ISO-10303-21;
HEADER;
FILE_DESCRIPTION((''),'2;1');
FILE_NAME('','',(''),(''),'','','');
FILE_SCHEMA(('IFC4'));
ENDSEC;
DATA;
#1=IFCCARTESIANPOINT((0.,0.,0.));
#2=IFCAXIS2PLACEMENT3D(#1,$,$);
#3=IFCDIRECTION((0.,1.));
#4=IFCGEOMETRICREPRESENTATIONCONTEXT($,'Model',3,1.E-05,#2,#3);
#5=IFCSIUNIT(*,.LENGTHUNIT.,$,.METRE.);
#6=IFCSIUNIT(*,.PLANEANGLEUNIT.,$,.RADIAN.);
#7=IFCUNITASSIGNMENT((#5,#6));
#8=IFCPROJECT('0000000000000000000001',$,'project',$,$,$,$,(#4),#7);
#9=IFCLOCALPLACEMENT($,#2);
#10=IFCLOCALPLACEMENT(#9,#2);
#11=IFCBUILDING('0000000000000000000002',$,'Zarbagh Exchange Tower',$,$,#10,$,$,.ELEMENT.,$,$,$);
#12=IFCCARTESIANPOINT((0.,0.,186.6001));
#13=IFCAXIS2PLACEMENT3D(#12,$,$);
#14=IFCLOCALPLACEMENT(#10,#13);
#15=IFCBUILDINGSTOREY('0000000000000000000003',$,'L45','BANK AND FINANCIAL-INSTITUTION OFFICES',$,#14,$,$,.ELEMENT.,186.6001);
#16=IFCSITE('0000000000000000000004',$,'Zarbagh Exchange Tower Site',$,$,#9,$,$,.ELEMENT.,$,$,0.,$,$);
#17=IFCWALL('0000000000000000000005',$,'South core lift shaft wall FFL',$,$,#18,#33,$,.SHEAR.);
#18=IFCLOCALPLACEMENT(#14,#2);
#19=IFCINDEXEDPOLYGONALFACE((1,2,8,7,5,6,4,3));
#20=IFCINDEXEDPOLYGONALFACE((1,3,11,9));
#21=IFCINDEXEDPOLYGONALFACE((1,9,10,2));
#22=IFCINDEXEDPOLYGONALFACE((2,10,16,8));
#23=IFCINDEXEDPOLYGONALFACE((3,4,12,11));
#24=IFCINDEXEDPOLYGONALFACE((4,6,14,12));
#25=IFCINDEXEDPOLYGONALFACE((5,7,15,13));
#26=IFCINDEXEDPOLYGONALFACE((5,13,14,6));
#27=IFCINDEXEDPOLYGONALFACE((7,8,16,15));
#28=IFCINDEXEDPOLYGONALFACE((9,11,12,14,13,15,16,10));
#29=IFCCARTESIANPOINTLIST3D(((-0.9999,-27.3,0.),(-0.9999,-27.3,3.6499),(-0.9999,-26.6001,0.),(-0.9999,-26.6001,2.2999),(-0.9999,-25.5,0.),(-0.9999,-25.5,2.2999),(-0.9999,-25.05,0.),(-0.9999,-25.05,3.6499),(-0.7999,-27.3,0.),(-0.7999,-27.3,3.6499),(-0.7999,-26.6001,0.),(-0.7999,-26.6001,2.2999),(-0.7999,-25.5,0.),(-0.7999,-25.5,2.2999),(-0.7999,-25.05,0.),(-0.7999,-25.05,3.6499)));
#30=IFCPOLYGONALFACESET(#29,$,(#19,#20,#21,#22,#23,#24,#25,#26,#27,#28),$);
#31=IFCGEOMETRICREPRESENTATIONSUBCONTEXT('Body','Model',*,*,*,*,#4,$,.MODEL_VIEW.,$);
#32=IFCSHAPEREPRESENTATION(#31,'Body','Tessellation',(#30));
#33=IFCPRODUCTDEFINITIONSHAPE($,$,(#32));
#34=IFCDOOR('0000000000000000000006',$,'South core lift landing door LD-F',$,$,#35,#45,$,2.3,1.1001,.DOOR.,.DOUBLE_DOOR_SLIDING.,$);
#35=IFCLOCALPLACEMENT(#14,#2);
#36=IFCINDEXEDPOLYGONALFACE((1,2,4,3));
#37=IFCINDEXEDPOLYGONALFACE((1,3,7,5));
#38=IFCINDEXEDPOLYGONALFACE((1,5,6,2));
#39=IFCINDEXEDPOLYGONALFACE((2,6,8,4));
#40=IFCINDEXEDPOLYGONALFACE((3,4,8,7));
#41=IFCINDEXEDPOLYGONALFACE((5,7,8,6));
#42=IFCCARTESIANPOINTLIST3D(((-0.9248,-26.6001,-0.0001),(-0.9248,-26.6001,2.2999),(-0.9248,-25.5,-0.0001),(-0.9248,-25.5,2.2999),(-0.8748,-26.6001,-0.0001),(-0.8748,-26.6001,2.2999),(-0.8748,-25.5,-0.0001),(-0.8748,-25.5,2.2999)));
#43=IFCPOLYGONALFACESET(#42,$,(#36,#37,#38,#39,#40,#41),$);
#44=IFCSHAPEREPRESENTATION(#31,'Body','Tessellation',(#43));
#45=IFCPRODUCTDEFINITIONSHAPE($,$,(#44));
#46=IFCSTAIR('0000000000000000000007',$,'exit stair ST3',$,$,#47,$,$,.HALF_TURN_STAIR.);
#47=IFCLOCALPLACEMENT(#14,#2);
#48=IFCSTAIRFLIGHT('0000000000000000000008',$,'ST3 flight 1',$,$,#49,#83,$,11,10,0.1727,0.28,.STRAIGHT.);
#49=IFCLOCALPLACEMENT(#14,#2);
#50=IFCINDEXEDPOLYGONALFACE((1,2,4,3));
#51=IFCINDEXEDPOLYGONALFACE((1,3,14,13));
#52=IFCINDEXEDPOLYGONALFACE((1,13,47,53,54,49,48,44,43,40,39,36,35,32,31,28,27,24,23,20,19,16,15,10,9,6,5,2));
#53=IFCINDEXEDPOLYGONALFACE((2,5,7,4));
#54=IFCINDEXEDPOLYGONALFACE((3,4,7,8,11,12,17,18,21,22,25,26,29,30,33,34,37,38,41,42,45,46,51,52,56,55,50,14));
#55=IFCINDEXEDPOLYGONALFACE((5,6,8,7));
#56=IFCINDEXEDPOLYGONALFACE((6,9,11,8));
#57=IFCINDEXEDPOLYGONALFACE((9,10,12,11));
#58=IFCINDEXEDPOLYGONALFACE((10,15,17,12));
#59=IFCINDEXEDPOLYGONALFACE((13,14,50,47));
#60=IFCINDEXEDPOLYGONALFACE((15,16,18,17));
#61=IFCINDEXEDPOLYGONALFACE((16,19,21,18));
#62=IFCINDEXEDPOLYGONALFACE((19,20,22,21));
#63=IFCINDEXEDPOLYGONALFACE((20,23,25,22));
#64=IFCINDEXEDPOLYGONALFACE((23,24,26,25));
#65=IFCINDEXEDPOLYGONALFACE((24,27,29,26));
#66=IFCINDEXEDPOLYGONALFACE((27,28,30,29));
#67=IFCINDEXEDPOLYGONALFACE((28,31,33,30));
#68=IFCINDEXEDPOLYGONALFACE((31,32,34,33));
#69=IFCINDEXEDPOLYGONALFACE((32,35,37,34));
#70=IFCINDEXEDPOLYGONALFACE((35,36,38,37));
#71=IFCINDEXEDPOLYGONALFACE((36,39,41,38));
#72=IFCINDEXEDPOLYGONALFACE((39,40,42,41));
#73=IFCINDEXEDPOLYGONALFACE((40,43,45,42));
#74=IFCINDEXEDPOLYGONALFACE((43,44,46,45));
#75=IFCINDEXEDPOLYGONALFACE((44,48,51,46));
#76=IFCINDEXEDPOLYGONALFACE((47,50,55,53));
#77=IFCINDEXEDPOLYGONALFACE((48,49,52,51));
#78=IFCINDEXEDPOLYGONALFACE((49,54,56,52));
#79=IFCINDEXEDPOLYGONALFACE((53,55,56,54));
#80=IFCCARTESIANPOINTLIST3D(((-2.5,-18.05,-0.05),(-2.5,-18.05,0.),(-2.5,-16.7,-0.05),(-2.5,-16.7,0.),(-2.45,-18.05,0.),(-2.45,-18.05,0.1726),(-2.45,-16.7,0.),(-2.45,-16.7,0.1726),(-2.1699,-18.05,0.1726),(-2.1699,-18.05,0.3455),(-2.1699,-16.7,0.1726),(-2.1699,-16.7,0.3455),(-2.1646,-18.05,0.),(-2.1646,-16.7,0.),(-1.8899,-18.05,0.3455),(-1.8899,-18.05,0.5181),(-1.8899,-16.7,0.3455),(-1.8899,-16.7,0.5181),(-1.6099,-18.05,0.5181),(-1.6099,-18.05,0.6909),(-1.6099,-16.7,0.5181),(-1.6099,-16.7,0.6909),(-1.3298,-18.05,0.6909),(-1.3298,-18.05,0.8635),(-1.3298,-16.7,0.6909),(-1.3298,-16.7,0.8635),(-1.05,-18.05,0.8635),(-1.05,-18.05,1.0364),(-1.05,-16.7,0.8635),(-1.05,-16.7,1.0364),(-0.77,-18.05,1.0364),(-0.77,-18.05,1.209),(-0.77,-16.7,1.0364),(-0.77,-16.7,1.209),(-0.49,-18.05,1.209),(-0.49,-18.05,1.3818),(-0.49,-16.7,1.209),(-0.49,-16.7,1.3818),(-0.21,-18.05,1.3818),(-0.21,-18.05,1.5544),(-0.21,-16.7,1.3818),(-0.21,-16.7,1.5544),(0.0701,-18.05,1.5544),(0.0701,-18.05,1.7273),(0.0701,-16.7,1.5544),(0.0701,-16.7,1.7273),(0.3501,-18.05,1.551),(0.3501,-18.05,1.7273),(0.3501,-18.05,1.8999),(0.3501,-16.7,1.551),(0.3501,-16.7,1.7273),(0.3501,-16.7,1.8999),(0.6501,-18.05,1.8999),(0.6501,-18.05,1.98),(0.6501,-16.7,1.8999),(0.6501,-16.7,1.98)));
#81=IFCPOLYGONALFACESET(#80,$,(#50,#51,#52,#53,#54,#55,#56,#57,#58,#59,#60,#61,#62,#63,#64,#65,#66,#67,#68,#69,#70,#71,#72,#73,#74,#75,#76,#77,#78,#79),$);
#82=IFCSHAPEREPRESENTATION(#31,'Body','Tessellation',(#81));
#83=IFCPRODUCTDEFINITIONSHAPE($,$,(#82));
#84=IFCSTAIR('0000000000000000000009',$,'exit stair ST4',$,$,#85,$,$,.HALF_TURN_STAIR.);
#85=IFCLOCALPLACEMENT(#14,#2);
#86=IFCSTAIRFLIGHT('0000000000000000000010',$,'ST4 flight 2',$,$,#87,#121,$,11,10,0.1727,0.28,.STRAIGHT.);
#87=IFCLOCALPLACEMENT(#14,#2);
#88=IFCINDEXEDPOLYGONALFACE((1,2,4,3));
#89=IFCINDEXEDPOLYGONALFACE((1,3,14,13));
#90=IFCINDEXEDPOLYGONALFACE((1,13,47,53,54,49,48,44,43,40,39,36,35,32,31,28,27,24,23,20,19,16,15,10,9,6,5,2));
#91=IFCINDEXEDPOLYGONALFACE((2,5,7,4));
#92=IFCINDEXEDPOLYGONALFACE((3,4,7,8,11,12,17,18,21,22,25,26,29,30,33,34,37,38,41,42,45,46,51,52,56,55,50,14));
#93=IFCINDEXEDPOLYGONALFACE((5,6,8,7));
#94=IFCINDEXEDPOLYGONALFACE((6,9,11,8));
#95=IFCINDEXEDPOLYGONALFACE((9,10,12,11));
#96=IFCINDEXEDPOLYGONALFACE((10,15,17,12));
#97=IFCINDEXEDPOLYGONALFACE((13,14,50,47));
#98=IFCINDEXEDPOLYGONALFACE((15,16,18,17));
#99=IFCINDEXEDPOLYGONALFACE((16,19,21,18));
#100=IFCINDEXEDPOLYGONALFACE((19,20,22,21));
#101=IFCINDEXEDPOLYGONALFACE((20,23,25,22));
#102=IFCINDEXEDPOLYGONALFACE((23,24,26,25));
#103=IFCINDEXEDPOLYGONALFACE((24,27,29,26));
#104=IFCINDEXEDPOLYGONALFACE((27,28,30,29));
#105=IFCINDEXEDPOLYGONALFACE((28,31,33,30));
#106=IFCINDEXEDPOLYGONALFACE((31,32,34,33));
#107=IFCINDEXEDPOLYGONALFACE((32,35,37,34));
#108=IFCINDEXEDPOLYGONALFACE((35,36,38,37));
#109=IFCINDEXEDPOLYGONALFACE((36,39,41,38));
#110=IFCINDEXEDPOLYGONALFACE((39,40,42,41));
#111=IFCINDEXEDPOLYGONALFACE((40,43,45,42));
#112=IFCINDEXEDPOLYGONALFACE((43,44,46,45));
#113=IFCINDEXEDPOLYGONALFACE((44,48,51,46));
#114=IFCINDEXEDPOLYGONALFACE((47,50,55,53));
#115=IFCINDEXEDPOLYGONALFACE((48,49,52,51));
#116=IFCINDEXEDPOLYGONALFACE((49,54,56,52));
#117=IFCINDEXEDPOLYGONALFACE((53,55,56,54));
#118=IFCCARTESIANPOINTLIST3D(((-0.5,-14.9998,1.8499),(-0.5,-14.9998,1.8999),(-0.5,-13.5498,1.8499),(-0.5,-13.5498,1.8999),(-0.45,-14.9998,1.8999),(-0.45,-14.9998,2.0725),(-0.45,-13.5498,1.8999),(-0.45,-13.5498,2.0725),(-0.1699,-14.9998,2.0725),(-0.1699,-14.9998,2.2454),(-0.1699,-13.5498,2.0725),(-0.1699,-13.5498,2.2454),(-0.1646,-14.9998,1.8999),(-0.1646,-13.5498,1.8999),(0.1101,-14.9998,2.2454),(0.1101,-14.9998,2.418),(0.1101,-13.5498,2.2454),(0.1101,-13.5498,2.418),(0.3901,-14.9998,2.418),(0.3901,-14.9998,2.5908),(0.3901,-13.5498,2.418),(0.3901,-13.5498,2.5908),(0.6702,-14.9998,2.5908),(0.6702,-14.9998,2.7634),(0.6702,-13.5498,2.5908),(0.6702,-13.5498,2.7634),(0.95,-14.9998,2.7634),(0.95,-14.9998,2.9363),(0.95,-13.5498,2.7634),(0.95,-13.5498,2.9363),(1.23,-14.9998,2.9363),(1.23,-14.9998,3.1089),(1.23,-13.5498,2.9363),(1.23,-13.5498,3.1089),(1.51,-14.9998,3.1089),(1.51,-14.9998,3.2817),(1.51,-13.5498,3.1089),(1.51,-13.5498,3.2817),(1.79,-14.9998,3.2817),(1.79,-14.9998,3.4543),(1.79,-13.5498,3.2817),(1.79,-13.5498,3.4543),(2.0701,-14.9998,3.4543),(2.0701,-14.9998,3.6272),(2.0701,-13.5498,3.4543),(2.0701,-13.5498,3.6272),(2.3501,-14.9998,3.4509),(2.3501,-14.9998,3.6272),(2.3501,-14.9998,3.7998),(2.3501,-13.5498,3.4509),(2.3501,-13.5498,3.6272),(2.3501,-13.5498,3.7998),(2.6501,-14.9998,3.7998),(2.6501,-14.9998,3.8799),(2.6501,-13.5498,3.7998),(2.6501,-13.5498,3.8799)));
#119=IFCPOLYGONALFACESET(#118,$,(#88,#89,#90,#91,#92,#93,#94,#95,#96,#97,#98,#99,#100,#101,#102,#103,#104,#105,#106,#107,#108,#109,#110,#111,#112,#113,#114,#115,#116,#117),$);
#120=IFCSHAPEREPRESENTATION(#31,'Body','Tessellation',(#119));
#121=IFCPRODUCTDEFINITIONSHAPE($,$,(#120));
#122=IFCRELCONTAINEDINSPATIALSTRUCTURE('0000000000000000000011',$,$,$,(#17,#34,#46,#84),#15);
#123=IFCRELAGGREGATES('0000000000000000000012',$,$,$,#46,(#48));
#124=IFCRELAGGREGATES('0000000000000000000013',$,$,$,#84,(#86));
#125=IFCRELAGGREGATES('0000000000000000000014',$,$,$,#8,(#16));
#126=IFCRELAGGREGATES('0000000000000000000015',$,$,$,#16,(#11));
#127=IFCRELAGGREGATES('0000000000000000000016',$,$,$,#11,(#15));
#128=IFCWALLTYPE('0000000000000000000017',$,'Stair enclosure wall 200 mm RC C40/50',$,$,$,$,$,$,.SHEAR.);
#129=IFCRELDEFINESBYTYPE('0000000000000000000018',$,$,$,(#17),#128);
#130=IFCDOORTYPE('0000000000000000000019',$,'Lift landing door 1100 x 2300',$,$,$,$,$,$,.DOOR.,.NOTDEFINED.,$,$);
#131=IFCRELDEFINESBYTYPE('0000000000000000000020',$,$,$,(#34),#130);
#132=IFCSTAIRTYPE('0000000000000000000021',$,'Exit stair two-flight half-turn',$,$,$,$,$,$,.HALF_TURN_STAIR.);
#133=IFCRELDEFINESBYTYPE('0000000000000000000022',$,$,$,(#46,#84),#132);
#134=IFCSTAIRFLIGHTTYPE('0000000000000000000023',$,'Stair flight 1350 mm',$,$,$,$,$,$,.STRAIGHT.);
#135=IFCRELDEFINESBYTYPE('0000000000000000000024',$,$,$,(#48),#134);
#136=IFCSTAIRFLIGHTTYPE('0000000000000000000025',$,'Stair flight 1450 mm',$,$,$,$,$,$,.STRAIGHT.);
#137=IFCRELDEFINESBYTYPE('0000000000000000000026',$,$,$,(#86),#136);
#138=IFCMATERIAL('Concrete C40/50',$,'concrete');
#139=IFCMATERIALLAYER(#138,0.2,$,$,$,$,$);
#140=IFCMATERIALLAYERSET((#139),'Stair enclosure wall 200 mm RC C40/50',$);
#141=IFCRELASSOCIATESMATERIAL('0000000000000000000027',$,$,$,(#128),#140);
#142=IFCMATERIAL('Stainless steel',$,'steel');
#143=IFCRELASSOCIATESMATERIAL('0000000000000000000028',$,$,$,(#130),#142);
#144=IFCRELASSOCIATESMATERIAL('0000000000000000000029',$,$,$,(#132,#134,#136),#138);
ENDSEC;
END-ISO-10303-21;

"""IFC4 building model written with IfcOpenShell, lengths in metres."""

from ifc_helpers import new_model, si_unit, direction, frame, frame_2d, origin, place, context, subcontext, project, spatial, polyline, rectangle, outline, extrude, material, layer, layer_set, type_object, element, fill, aggregate, save


model = new_model("IFC4")

# Units and contexts
model_context = context("Model", 3, precision=1e-05, world=origin(), true_north=direction((0.0, 1.0)))
body_context = subcontext(model_context, "Body", "Model", "MODEL_VIEW")
ifc_project = project(units=[si_unit("LENGTHUNIT", "METRE"), si_unit("PLANEANGLEUNIT", "RADIAN")], contexts=[model_context])

# Site, building, storey
site_placement = place(None, origin())
site = spatial("IfcSite", under=ifc_project, at=site_placement, Name="Zarbagh Exchange Tower Site", CompositionType="ELEMENT", RefElevation=0.0)
building_placement = place(site_placement, origin())
building = spatial("IfcBuilding", under=site, at=building_placement, Name="Zarbagh Exchange Tower", CompositionType="ELEMENT")
storey_placement = place(building_placement, frame((0.0, 0.0, 186.6001)))
storey = spatial("IfcBuildingStorey", under=building, at=storey_placement, Name="L45", Description="BANK AND FINANCIAL-INSTITUTION OFFICES", CompositionType="ELEMENT", Elevation=186.6001)

# Shared definitions
ifc_material_1 = material(Name="Concrete C40/50", Category="concrete")

# Wall, opening, door
ifc_layer_1 = layer(ifc_material_1, 0.2)
ifc_layer_set_1 = layer_set([ifc_layer_1], Name="Stair enclosure wall 200 mm RC C40/50")
wall_type_1 = type_object("IfcWallType", Name="Stair enclosure wall 200 mm RC C40/50", PredefinedType="SHEAR", material=ifc_layer_set_1)
wall_1_placement = place(storey_placement, frame((-0.8999, -27.3, 0.0), z_axis=(0.0, 0.0, 1.0), x_axis=(0.0, 1.0, 0.0)))
wall_1 = element("IfcWall", 1, at=wall_1_placement, inside=storey, type_object=wall_type_1, Name="South core lift shaft wall FFL", PredefinedType="SHEAR", context=body_context, shape_type="SweptSolid", body=[
    extrude(rectangle(XDim=2.25, YDim=0.2, at=frame_2d((1.125, 0.0))), origin(), (0.0, 0.0, 1.0), 3.6499),
])
opening_1_placement = place(wall_1_placement, frame((0.7, 0.0, 0.0)))
opening_1 = element("IfcOpeningElement", 2, at=opening_1_placement, cuts=wall_1, PredefinedType="OPENING", context=body_context, shape_type="SweptSolid", body=[
    extrude(rectangle(XDim=1.1001, YDim=2.3, at=frame_2d((0.55, 1.1499))), frame((0.0, 0.1099, 0.0), z_axis=(0.0, -1.0, 0.0), x_axis=(1.0, 0.0, 0.0)), (0.0, 0.0, 1.0), 0.22),
])
ifc_material_2 = material(Name="Stainless steel", Category="steel")
door_type_1 = type_object("IfcDoorType", Name="Lift landing door 1100 x 2300", OperationType="NOTDEFINED", PredefinedType="DOOR", material=ifc_material_2)
door_1_placement = place(opening_1_placement, origin())
door_1 = element("IfcDoor", 3, at=door_1_placement, inside=storey, type_object=door_type_1, Name="South core lift landing door LD-F", OperationType="DOUBLE_DOOR_SLIDING", OverallHeight=2.3, OverallWidth=1.1001, PredefinedType="DOOR", context=body_context, shape_type="SweptSolid", body=[
    extrude(rectangle(XDim=1.1001, YDim=2.3, at=frame_2d((0.55, 1.1499))), frame((0.0, 0.0249, 0.0), z_axis=(0.0, -1.0, 0.0), x_axis=(1.0, 0.0, 0.0)), (0.0, 0.0, 1.0), 0.05),
])
fill(opening_1, door_1)

# Stairs, stair flights
stair_type = type_object("IfcStairType", Name="Exit stair two-flight half-turn", PredefinedType="HALF_TURN_STAIR", material=ifc_material_1)
stair_1_placement = place(storey_placement, origin())
stair_1 = element("IfcStair", 4, at=stair_1_placement, inside=storey, type_object=stair_type, Name="exit stair ST3", PredefinedType="HALF_TURN_STAIR")
stair_flight_type_1 = type_object("IfcStairFlightType", Name="Stair flight 1350 mm", PredefinedType="STRAIGHT", material=ifc_material_1)
stair_flight_1_placement = place(storey_placement, frame((-2.45, -17.375, 0.0), z_axis=(0.0, 0.0, 1.0), x_axis=(1.0, 0.0, 0.0)))
stair_flight_1 = element("IfcStairFlight", 5, at=stair_flight_1_placement, type_object=stair_flight_type_1, Name="ST3 flight 1", NumberOfRisers=11, NumberOfTreads=10, PredefinedType="STRAIGHT", RiserHeight=0.1727, TreadLength=0.28, context=body_context, shape_type="SweptSolid", body=[
    extrude(outline(polyline([(-0.05, -0.05), (-0.05, 0.0), (0.0, 0.0), (0.0, 0.1726), (0.28, 0.1726), (0.28, 0.3455), (0.5601, 0.3455), (0.5601, 0.5181), (0.8401, 0.5181), (0.8401, 0.6909), (1.1201, 0.6909), (1.1201, 0.8635), (1.3999, 0.8635), (1.3999, 1.0364), (1.6799, 1.0364), (1.6799, 1.209), (1.96, 1.209), (1.96, 1.3818), (2.24, 1.3818), (2.24, 1.5544), (2.52, 1.5544), (2.52, 1.7273), (2.8, 1.7273), (2.8, 1.8999), (3.1001, 1.98), (3.1001, 1.8999), (2.8, 1.551), (0.2854, 0.0), (-0.05, -0.05)])), frame((0.0, 0.675, 0.0), z_axis=(0.0, -1.0, 0.0), x_axis=(1.0, 0.0, 0.0)), (0.0, 0.0, 1.0), 1.3501),
])
aggregate(stair_1, [stair_flight_1])
stair_2_placement = place(storey_placement, origin())
stair_2 = element("IfcStair", 6, at=stair_2_placement, inside=storey, type_object=stair_type, Name="exit stair ST4", PredefinedType="HALF_TURN_STAIR")
stair_flight_type_2 = type_object("IfcStairFlightType", Name="Stair flight 1450 mm", PredefinedType="STRAIGHT", material=ifc_material_1)
stair_flight_2_placement = place(storey_placement, frame((-0.45, -14.2749, 1.8999), z_axis=(0.0, 0.0, 1.0), x_axis=(1.0, 0.0, 0.0)))
stair_flight_2 = element("IfcStairFlight", 7, at=stair_flight_2_placement, type_object=stair_flight_type_2, Name="ST4 flight 2", NumberOfRisers=11, NumberOfTreads=10, PredefinedType="STRAIGHT", RiserHeight=0.1727, TreadLength=0.28, context=body_context, shape_type="SweptSolid", body=[
    extrude(outline(polyline([(-0.05, -0.05), (-0.05, 0.0), (0.0, 0.0), (0.0, 0.1726), (0.28, 0.1726), (0.28, 0.3455), (0.5601, 0.3455), (0.5601, 0.5181), (0.8401, 0.5181), (0.8401, 0.6909), (1.1201, 0.6909), (1.1201, 0.8635), (1.3999, 0.8635), (1.3999, 1.0364), (1.6799, 1.0364), (1.6799, 1.209), (1.96, 1.209), (1.96, 1.3818), (2.24, 1.3818), (2.24, 1.5544), (2.52, 1.5544), (2.52, 1.7273), (2.8, 1.7273), (2.8, 1.8999), (3.1001, 1.98), (3.1001, 1.8999), (2.8, 1.551), (0.2854, 0.0), (-0.05, -0.05)])), frame((0.0, 0.7251, 0.0), z_axis=(0.0, -1.0, 0.0), x_axis=(1.0, 0.0, 0.0)), (0.0, 0.0, 1.0), 1.45),
])
aggregate(stair_2, [stair_flight_2])

save(model, "model.ifc")
